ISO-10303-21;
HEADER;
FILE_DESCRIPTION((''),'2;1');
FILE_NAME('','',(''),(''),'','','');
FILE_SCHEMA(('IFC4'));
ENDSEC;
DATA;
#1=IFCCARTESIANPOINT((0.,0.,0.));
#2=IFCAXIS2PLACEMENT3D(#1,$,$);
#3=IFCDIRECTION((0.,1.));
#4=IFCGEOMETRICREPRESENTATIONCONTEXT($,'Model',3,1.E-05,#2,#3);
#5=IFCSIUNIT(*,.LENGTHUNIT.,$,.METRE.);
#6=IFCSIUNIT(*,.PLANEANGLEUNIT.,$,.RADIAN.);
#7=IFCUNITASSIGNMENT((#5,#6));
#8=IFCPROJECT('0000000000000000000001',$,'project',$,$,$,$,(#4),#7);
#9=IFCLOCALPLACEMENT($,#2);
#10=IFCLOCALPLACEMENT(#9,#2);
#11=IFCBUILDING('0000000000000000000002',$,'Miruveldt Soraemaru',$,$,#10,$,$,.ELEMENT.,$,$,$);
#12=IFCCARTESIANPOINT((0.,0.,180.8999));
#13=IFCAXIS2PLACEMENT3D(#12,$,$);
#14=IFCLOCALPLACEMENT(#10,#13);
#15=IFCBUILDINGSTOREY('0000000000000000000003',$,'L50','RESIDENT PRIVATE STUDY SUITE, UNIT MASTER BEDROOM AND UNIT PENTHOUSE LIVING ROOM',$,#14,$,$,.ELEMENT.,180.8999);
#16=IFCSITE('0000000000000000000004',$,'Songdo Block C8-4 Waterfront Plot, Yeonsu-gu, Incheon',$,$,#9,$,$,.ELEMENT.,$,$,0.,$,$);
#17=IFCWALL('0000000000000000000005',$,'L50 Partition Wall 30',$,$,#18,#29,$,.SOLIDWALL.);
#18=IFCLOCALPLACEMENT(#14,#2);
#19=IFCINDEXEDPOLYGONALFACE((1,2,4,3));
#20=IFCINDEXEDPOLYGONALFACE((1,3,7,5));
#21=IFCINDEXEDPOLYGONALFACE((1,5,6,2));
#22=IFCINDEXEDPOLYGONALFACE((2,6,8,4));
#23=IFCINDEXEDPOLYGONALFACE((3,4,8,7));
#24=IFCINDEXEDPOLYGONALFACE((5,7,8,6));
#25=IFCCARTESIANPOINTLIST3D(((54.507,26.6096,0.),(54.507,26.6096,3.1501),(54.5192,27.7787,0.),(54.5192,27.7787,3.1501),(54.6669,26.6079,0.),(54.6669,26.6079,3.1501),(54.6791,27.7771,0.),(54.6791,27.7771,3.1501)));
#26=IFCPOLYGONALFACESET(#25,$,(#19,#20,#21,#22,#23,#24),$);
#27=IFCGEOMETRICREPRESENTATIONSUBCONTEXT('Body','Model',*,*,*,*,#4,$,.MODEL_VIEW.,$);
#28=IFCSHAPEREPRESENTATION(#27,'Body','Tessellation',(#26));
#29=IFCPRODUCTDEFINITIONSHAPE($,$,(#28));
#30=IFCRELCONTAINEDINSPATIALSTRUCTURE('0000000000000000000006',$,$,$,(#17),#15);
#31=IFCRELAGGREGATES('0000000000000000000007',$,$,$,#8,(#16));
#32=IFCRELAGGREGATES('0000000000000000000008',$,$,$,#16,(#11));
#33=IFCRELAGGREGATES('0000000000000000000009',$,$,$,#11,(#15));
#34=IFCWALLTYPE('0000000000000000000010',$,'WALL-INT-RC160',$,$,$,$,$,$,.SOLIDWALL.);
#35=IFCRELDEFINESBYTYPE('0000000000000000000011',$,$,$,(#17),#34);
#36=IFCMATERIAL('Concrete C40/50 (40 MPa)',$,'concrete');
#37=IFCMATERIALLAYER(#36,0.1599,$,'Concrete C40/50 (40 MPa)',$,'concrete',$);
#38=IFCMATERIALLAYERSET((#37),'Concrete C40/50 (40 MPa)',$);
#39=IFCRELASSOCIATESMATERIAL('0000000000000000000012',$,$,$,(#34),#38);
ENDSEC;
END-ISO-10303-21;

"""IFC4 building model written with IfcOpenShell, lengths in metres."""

from ifc_helpers import new_model, si_unit, direction, frame, frame_2d, origin, place, context, subcontext, project, spatial, rectangle, extrude, material, layer, layer_set, type_object, element, save


model = new_model("IFC4")

# Units and contexts
model_context = context("Model", 3, precision=1e-05, world=origin(), true_north=direction((0.0, 1.0)))
body_context = subcontext(model_context, "Body", "Model", "MODEL_VIEW")
ifc_project = project(units=[si_unit("LENGTHUNIT", "METRE"), si_unit("PLANEANGLEUNIT", "RADIAN")], contexts=[model_context])

# Site, building, storey
site_placement = place(None, origin())
site = spatial("IfcSite", under=ifc_project, at=site_placement, Name="Songdo Block C8-4 Waterfront Plot, Yeonsu-gu, Incheon", CompositionType="ELEMENT", RefElevation=0.0)
building_placement = place(site_placement, origin())
building = spatial("IfcBuilding", under=site, at=building_placement, Name="Miruveldt Soraemaru", CompositionType="ELEMENT")
storey_placement = place(building_placement, frame((0.0, 0.0, 180.8999)))
storey = spatial("IfcBuildingStorey", under=building, at=storey_placement, Name="L50", Description="RESIDENT PRIVATE STUDY SUITE, UNIT MASTER BEDROOM AND UNIT PENTHOUSE LIVING ROOM", CompositionType="ELEMENT", Elevation=180.8999)

# Wall
ifc_material_1 = material(Name="Concrete C40/50 (40 MPa)", Category="concrete")
ifc_layer_1 = layer(ifc_material_1, 0.1599, Name="Concrete C40/50 (40 MPa)", Category="concrete")
ifc_layer_set_1 = layer_set([ifc_layer_1], Name="Concrete C40/50 (40 MPa)")
wall_type_1 = type_object("IfcWallType", Name="WALL-INT-RC160", PredefinedType="SOLIDWALL", material=ifc_layer_set_1)
wall_1_placement = place(storey_placement, frame((54.5869, 26.6089, 0.0), z_axis=(0.0, 0.0, 1.0), x_axis=(0.01044, 0.999946, 0.0)))
element("IfcWall", 1, at=wall_1_placement, inside=storey, type_object=wall_type_1, Name="L50 Partition Wall 30", PredefinedType="SOLIDWALL", context=body_context, shape_type="SweptSolid", body=[
    extrude(rectangle(XDim=1.1692, YDim=0.1599, at=frame_2d((0.5845, 0.0))), origin(), (0.0, 0.0, 1.0), 3.1501),
])

save(model, "model.ifc")
